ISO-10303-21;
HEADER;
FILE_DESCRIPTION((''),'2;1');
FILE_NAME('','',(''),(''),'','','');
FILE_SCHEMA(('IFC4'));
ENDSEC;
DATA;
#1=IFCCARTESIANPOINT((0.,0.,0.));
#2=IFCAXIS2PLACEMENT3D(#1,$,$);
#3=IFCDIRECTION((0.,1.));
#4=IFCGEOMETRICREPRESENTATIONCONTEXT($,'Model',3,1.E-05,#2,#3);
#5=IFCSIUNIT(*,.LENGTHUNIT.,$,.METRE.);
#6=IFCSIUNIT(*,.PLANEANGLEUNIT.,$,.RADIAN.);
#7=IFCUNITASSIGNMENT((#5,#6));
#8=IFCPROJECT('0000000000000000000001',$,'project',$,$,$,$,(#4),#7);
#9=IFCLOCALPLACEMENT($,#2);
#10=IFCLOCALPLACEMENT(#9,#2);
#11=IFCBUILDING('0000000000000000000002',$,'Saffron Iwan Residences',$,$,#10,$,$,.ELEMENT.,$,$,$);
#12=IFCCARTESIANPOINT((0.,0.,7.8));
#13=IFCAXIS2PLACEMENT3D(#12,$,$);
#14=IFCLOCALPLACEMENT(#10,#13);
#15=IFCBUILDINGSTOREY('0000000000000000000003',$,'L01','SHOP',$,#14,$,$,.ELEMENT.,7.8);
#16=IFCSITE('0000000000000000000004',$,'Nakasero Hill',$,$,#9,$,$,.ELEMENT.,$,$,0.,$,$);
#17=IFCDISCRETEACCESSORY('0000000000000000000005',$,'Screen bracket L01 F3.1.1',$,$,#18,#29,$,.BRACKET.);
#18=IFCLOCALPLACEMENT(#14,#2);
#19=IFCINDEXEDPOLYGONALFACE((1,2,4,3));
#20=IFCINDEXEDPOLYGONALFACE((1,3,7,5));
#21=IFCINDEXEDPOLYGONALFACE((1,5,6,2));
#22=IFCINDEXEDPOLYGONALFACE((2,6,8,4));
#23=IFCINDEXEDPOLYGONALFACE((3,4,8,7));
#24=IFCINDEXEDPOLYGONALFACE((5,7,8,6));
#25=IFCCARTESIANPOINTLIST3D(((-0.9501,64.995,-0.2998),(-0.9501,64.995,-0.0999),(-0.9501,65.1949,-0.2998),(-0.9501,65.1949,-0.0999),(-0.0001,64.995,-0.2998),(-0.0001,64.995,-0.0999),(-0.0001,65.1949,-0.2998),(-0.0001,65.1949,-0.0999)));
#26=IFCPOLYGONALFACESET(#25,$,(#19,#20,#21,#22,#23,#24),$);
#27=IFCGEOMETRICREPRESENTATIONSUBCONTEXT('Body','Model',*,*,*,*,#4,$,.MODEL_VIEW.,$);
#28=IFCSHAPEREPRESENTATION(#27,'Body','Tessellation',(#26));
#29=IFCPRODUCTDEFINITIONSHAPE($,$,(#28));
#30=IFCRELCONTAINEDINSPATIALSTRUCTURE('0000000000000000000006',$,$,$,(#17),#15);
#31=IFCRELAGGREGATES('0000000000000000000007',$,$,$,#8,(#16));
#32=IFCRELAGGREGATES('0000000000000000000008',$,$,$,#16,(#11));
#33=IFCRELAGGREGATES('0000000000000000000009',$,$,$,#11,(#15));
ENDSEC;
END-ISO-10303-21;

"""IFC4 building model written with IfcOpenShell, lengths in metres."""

from ifc_helpers import new_model, si_unit, direction, frame, origin, origin_2d, place, context, subcontext, project, spatial, rectangle, extrude, source, transform, mapped, element, save


model = new_model("IFC4")

# Units and contexts
model_context = context("Model", 3, precision=1e-05, world=origin(), true_north=direction((0.0, 1.0)))
body_context = subcontext(model_context, "Body", "Model", "MODEL_VIEW")
ifc_project = project(units=[si_unit("LENGTHUNIT", "METRE"), si_unit("PLANEANGLEUNIT", "RADIAN")], contexts=[model_context])

# Site, building, storey
site_placement = place(None, origin())
site = spatial("IfcSite", under=ifc_project, at=site_placement, Name="Nakasero Hill", CompositionType="ELEMENT", RefElevation=0.0)
building_placement = place(site_placement, origin())
building = spatial("IfcBuilding", under=site, at=building_placement, Name="Saffron Iwan Residences", CompositionType="ELEMENT")
storey_placement = place(building_placement, frame((0.0, 0.0, 7.8)))
storey = spatial("IfcBuildingStorey", under=building, at=storey_placement, Name="L01", Description="SHOP", CompositionType="ELEMENT", Elevation=7.8)

# Discrete accessory
shared_shape_1 = source(origin(), body_context, "Body", "SweptSolid", [
    extrude(rectangle(XDim=0.95, YDim=0.2, at=origin_2d()), origin(), (0.0, 0.0, 1.0), 0.2),
])
for number, where, z_axis, x_axis, name in (
    (1, (-0.4751, 65.095, -0.2998), (0.0, 0.0, 1.0), (-1.0, 0.0, 0.0), "Screen bracket L01 F3.1.1"),
):
    element("IfcDiscreteAccessory", number, at=place(storey_placement, frame(where, z_axis=z_axis, x_axis=x_axis)), inside=storey, Name=name, PredefinedType="BRACKET", context=body_context, shape_type="MappedRepresentation", body=[
        mapped(shared_shape_1, transform((0.0, 0.0, 0.0))),
    ])

save(model, "model.ifc")
